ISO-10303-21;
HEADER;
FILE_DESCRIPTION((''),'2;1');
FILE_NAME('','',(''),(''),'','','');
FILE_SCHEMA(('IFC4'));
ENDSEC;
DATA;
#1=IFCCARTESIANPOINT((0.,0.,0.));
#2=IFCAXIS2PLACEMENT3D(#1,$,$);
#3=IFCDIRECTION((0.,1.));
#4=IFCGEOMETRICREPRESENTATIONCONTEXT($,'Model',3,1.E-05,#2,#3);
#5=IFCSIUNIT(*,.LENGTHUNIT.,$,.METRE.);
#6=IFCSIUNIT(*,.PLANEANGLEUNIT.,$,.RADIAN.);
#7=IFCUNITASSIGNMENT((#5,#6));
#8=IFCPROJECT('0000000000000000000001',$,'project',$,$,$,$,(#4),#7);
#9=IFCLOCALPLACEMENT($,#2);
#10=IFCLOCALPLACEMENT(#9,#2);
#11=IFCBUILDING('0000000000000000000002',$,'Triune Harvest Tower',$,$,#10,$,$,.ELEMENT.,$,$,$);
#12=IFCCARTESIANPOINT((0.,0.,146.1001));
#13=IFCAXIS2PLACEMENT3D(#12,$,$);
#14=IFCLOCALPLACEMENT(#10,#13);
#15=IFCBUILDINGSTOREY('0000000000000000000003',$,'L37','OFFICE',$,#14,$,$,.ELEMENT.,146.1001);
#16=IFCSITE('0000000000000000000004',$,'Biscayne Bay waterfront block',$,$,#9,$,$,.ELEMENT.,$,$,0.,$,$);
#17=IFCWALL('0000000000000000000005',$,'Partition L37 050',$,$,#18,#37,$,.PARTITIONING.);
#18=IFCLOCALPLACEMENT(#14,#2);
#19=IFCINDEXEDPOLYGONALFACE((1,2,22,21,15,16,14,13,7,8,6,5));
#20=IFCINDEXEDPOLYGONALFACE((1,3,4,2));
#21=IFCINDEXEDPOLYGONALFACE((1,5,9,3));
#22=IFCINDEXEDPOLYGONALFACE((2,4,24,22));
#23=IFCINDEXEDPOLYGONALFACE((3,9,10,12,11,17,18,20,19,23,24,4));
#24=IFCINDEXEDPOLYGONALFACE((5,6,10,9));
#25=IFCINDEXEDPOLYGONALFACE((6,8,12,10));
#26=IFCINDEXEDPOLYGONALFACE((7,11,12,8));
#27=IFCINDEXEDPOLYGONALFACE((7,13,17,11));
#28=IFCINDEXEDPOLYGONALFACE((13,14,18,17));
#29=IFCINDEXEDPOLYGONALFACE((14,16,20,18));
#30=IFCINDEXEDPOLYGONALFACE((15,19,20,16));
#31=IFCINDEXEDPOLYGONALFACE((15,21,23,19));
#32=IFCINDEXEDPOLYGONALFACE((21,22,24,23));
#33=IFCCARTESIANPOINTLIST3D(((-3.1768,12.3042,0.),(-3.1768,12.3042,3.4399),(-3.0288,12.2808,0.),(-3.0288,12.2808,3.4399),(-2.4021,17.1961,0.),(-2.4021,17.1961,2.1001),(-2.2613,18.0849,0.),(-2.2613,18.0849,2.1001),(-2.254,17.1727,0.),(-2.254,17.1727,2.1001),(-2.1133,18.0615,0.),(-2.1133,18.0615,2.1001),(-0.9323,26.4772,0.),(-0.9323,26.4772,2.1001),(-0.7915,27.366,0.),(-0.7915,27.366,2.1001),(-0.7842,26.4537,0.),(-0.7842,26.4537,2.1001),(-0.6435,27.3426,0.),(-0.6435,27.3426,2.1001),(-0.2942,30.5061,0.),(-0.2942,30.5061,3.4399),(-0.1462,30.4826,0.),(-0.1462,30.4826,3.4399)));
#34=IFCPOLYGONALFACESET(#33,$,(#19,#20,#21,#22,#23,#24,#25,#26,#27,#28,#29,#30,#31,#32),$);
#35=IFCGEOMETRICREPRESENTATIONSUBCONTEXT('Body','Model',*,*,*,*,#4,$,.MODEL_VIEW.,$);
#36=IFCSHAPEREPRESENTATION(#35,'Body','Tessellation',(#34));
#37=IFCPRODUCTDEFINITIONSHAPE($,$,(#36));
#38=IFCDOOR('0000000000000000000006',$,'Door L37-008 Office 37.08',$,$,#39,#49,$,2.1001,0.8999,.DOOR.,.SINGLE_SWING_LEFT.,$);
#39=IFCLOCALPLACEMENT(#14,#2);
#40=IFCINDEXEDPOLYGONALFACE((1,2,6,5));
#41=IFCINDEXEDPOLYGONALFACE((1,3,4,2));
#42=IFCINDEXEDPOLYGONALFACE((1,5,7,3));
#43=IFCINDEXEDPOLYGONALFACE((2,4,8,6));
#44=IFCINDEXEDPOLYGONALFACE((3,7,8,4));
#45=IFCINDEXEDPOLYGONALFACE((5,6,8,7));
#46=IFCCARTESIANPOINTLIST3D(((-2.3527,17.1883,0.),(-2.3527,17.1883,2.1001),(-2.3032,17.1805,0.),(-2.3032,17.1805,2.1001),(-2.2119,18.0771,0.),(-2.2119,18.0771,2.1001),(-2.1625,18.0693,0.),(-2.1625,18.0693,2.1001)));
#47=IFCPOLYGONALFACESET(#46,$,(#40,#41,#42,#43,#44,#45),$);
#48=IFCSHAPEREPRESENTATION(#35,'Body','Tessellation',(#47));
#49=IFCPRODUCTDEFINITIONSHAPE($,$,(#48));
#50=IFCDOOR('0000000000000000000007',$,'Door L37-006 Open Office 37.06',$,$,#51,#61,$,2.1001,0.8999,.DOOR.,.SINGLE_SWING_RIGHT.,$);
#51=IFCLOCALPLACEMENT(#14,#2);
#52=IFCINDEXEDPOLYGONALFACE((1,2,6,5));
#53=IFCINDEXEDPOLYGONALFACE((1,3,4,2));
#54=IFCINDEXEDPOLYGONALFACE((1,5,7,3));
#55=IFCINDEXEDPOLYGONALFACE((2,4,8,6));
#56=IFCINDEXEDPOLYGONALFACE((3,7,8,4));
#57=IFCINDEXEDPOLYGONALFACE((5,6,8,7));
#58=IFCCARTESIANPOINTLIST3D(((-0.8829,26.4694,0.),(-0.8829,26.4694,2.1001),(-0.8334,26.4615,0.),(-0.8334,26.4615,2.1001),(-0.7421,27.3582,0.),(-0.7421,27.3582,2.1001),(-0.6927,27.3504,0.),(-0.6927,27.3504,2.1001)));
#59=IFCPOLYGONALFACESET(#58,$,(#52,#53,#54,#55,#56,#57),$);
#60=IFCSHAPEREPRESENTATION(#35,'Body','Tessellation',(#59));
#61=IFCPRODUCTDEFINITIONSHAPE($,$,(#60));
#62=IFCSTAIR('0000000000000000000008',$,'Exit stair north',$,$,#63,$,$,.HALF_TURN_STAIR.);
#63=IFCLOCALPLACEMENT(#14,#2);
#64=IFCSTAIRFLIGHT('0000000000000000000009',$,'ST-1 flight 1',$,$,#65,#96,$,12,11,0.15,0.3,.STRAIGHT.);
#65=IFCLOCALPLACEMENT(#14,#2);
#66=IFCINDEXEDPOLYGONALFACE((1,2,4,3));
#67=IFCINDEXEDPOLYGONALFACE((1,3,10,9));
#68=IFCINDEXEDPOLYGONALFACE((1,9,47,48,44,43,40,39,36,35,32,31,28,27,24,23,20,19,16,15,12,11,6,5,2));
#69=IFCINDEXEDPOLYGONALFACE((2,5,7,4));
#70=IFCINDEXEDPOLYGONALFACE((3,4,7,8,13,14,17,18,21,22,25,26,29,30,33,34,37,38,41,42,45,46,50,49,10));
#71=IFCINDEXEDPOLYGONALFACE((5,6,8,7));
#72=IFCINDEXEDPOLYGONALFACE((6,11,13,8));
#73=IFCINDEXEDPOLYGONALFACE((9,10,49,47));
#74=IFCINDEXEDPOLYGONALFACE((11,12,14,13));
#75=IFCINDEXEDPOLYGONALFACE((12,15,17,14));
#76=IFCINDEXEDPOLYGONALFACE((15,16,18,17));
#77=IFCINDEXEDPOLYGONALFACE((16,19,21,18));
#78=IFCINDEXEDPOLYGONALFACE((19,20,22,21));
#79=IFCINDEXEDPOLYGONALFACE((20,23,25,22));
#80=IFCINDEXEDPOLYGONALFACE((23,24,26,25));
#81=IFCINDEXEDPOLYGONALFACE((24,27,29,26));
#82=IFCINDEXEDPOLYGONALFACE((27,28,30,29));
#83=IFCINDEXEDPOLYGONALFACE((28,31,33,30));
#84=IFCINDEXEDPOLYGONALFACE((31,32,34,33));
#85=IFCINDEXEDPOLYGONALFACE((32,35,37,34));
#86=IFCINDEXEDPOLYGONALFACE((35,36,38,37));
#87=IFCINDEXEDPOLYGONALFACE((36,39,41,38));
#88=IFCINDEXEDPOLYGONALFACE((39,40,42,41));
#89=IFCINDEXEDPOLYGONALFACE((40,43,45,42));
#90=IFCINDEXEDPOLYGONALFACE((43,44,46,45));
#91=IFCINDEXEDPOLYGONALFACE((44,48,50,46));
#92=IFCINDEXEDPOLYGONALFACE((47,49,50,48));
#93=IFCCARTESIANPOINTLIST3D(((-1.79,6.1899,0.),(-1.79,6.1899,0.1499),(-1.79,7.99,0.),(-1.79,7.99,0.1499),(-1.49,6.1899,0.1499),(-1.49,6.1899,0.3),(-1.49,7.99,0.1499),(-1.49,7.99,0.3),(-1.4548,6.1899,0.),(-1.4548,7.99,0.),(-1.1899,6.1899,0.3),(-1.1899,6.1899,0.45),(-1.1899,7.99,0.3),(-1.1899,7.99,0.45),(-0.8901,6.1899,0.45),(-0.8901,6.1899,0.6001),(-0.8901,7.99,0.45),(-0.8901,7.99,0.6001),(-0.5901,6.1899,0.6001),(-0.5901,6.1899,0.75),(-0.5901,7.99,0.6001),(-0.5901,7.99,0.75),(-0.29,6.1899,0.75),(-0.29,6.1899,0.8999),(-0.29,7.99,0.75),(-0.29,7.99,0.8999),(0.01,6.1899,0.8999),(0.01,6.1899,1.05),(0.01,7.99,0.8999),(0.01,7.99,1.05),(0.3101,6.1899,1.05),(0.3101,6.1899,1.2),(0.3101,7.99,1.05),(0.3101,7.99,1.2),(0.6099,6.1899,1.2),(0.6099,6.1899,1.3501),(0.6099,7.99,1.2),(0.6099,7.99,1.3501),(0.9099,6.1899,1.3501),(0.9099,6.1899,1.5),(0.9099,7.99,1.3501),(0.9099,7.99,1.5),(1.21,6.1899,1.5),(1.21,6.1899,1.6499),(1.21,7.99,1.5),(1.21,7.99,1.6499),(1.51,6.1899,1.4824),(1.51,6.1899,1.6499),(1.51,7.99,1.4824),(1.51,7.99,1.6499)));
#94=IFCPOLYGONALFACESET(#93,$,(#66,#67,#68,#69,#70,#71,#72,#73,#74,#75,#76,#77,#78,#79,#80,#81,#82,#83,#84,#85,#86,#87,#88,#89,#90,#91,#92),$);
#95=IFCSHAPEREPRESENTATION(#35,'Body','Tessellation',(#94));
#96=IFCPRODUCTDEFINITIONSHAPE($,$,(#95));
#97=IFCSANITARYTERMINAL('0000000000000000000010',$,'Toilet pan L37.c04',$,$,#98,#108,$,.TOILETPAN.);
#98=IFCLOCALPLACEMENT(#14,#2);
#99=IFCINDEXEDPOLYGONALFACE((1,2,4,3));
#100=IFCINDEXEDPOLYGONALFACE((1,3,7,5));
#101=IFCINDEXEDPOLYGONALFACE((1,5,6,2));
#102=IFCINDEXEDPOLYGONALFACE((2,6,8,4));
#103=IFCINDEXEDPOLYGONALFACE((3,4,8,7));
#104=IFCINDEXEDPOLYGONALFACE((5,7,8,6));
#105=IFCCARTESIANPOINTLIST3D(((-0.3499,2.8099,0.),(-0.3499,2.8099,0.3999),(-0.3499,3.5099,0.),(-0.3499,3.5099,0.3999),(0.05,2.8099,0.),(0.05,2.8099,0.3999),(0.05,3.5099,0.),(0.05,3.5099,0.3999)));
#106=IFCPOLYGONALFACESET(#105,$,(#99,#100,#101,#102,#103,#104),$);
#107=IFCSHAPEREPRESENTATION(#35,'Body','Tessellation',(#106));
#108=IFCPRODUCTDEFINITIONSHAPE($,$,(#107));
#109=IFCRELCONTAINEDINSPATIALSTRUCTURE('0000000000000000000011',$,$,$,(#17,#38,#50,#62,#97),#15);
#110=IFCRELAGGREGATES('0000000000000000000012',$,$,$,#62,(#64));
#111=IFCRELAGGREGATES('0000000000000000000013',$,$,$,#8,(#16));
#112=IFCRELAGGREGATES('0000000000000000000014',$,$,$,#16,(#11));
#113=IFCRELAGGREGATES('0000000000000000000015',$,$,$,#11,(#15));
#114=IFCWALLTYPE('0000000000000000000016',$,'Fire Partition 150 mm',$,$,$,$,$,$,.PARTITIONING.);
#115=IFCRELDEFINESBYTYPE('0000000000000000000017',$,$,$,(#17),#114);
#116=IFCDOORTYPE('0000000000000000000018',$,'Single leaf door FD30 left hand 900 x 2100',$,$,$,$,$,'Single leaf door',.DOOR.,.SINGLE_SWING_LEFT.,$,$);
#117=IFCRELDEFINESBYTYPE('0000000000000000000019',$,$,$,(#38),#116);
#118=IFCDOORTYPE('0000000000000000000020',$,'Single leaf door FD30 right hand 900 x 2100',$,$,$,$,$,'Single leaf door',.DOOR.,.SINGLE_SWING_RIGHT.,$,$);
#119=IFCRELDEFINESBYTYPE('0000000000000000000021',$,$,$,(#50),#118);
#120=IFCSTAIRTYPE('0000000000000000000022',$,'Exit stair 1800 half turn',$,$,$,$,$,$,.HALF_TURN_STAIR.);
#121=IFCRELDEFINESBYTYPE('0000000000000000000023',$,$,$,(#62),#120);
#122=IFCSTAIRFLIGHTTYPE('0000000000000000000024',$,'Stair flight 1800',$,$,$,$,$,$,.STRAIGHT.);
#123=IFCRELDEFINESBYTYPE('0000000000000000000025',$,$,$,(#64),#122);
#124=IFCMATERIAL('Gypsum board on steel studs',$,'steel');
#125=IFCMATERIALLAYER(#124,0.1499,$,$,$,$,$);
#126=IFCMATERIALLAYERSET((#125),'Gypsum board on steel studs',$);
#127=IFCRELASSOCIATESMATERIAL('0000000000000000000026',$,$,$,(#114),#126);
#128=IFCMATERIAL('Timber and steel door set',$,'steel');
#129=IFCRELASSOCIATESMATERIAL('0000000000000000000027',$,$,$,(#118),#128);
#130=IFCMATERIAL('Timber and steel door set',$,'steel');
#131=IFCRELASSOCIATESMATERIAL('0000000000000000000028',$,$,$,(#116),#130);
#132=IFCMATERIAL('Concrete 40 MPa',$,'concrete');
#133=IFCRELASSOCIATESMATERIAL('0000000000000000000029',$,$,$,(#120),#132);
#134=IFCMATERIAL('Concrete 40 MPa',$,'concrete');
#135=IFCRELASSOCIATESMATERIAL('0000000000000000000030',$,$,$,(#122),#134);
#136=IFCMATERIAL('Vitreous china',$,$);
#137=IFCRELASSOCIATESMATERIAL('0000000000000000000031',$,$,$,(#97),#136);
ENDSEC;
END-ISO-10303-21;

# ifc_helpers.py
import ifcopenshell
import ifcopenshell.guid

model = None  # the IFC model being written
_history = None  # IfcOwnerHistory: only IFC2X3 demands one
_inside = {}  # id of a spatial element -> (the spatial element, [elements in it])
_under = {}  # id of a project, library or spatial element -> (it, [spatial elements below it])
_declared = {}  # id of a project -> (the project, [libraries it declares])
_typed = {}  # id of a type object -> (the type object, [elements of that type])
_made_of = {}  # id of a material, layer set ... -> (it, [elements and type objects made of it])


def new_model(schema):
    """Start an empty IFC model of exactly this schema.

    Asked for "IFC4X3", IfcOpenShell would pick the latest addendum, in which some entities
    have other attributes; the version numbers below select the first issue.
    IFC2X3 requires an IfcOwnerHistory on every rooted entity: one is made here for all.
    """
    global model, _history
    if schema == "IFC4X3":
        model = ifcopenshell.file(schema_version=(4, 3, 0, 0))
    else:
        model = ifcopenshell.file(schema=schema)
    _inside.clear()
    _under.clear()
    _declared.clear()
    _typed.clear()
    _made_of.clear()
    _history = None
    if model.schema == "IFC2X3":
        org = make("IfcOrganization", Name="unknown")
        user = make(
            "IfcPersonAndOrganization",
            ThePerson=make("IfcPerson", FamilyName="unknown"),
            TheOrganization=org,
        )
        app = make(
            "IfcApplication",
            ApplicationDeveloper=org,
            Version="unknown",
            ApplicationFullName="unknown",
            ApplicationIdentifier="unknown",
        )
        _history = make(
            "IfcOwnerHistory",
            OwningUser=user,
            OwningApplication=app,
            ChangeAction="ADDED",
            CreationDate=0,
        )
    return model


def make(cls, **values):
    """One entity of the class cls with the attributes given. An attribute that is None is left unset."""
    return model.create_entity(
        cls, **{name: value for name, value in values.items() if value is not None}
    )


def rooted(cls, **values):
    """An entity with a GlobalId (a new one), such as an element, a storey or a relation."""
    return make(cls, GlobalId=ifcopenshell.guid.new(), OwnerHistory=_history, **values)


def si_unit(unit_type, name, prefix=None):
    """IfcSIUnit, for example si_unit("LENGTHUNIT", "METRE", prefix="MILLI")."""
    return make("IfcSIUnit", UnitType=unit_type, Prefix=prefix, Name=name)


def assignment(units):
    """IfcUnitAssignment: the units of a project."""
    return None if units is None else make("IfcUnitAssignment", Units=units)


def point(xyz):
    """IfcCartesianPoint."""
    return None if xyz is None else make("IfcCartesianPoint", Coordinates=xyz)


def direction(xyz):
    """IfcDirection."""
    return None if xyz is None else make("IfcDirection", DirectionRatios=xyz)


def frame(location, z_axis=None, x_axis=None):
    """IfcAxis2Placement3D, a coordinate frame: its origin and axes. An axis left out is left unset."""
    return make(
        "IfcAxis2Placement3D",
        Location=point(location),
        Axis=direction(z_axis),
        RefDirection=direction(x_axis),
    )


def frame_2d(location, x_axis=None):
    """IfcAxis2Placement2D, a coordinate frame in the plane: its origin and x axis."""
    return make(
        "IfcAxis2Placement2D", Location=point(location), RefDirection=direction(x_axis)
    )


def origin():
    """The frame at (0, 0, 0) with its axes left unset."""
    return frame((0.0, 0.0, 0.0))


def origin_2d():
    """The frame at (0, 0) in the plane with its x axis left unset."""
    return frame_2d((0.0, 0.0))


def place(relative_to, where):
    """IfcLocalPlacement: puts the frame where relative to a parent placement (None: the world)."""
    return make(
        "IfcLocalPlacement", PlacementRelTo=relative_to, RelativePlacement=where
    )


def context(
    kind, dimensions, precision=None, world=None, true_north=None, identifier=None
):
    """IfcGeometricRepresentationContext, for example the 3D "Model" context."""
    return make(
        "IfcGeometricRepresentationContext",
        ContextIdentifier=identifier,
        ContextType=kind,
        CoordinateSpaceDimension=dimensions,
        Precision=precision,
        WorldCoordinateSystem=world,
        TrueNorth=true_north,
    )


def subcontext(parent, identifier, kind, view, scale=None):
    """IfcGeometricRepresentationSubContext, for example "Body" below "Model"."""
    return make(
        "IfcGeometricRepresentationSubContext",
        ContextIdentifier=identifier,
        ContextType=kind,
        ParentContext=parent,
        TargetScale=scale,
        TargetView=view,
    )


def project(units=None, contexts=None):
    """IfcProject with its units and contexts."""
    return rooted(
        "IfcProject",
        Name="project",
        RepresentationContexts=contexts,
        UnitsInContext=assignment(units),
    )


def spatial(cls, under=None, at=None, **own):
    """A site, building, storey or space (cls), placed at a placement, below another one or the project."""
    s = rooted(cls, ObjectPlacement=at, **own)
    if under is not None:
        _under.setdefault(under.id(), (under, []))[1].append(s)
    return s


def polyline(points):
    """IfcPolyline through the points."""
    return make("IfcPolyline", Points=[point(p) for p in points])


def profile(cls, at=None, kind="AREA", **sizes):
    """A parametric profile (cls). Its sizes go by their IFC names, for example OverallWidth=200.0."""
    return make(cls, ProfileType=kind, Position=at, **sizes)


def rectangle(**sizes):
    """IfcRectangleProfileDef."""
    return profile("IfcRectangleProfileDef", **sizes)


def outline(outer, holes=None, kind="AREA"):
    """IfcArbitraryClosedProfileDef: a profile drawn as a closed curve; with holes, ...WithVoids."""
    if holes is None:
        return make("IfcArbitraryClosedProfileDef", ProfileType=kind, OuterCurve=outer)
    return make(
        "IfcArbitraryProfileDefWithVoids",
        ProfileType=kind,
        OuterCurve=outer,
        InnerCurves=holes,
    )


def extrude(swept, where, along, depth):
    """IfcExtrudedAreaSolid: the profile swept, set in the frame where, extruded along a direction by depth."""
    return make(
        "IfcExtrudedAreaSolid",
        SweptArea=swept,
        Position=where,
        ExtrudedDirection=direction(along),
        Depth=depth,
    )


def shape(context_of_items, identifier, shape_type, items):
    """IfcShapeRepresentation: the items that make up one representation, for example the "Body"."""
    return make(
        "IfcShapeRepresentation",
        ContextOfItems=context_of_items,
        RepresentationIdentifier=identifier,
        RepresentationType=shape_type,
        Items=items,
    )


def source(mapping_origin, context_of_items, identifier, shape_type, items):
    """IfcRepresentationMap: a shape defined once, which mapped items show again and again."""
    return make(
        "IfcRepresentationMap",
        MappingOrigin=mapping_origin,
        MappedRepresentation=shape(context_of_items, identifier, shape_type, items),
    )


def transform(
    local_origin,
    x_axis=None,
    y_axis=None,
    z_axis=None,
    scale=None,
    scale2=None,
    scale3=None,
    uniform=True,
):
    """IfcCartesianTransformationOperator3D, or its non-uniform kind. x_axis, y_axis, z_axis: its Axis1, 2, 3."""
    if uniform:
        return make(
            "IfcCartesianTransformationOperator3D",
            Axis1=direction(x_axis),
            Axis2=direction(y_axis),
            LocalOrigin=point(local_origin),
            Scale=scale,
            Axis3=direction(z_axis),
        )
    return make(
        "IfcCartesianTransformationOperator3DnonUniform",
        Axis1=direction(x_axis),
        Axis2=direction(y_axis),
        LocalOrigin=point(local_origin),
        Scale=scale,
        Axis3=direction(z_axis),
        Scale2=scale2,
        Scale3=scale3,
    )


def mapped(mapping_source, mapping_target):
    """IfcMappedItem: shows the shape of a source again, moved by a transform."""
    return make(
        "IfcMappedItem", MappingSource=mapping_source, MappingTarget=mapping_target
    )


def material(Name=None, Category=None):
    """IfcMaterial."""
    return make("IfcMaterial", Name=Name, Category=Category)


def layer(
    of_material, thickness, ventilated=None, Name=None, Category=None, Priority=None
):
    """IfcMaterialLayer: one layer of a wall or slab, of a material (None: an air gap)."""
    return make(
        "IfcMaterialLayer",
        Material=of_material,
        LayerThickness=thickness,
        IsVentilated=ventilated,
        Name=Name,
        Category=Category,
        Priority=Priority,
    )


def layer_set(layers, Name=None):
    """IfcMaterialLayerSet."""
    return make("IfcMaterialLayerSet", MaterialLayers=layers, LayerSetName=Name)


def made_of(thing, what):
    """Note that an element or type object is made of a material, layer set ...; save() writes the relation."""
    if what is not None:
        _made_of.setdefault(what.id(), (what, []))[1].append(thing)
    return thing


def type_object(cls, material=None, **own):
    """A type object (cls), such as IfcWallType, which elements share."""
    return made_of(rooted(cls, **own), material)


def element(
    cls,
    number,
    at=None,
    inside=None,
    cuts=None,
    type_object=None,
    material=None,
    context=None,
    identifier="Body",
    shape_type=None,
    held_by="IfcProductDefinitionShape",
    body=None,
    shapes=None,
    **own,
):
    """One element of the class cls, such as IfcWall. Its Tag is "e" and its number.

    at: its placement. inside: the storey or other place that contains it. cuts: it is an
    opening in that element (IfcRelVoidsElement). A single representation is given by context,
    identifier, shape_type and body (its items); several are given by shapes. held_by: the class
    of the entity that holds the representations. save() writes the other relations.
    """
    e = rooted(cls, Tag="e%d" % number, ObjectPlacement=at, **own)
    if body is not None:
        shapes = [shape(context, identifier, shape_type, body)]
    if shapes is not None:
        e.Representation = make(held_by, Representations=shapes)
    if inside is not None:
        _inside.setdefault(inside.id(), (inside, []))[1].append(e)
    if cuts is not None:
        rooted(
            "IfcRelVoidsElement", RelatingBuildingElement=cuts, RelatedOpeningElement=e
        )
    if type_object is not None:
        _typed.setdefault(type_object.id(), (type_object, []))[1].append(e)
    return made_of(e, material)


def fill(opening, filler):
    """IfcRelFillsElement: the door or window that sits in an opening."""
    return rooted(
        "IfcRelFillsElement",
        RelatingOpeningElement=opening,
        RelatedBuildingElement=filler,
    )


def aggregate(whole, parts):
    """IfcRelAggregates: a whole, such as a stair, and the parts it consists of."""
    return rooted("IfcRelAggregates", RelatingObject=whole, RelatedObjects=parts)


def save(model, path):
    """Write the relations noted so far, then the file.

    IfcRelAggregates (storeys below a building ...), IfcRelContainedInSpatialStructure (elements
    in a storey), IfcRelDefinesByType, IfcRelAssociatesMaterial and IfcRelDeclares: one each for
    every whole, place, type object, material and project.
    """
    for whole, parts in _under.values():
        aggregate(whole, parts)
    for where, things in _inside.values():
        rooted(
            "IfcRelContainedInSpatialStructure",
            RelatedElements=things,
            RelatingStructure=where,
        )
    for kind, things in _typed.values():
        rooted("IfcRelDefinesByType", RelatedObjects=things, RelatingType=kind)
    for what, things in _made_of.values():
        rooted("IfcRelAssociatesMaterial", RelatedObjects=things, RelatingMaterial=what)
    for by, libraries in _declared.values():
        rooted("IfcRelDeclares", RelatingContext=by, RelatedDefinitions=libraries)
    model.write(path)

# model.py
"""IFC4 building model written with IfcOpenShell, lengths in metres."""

from ifc_helpers import new_model, si_unit, direction, frame, frame_2d, origin, origin_2d, place, context, subcontext, project, spatial, polyline, rectangle, outline, extrude, source, transform, mapped, material, layer, layer_set, type_object, element, fill, aggregate, save


model = new_model("IFC4")

# Units and contexts
model_context = context("Model", 3, precision=1e-05, world=origin(), true_north=direction((0.0, 1.0)))
body_context = subcontext(model_context, "Body", "Model", "MODEL_VIEW")
ifc_project = project(units=[si_unit("LENGTHUNIT", "METRE"), si_unit("PLANEANGLEUNIT", "RADIAN")], contexts=[model_context])

# Site, building, storey
site_placement = place(None, origin())
site = spatial("IfcSite", under=ifc_project, at=site_placement, Name="Biscayne Bay waterfront block", CompositionType="ELEMENT", RefElevation=0.0)
building_placement = place(site_placement, origin())
building = spatial("IfcBuilding", under=site, at=building_placement, Name="Triune Harvest Tower", CompositionType="ELEMENT")
storey_placement = place(building_placement, frame((0.0, 0.0, 146.1001)))
storey = spatial("IfcBuildingStorey", under=building, at=storey_placement, Name="L37", Description="OFFICE", CompositionType="ELEMENT", Elevation=146.1001)

# Shared definitions
ifc_material_1 = material(Name="Gypsum board on steel studs", Category="steel")
ifc_layer_1 = layer(ifc_material_1, 0.1499)
ifc_layer_set_1 = layer_set([ifc_layer_1], Name="Gypsum board on steel studs")
wall_type_1 = type_object("IfcWallType", Name="Fire Partition 150 mm", PredefinedType="PARTITIONING", material=ifc_layer_set_1)

# Shared definitions
ifc_material_2 = material(Name="Timber and steel door set", Category="steel")
door_type_1 = type_object("IfcDoorType", Name="Single leaf door FD30 right hand 900 x 2100", ElementType="Single leaf door", OperationType="SINGLE_SWING_RIGHT", PredefinedType="DOOR", material=ifc_material_2)

# Wall, openings, doors
shared_shape_1 = source(origin(), body_context, "Body", "SweptSolid", [
    extrude(rectangle(XDim=18.4287, YDim=0.1499, at=frame_2d((9.2144, 0.0))), origin(), (0.0, 0.0, 1.0), 3.4399),
])
wall_1_placement = place(storey_placement, frame((-3.1028, 12.2925, 0.0), z_axis=(0.0, 0.0, 1.0), x_axis=(0.156417, 0.987691, 0.0)))
wall_1 = element("IfcWall", 1, at=wall_1_placement, inside=storey, type_object=wall_type_1, Name="Partition L37 050", PredefinedType="PARTITIONING", context=body_context, shape_type="MappedRepresentation", body=[
    mapped(shared_shape_1, transform((0.0, 0.0, 0.0), scale=1.0)),
])
opening_1_placement = place(wall_1_placement, frame((14.3496, 0.0, 0.0)))
opening_1 = element("IfcOpeningElement", 2, at=opening_1_placement, cuts=wall_1, PredefinedType="OPENING", context=body_context, shape_type="SweptSolid", body=[
    extrude(rectangle(XDim=0.8999, YDim=2.1001, at=frame_2d((0.45, 1.05))), frame((0.0, 0.085, 0.0), z_axis=(0.0, -1.0, 0.0), x_axis=(1.0, 0.0, 0.0)), (0.0, 0.0, 1.0), 0.1699),
])
opening_2_placement = place(wall_1_placement, frame((4.9529, 0.0, 0.0)))
opening_2 = element("IfcOpeningElement", 3, at=opening_2_placement, cuts=wall_1, PredefinedType="OPENING", context=body_context, shape_type="SweptSolid", body=[
    extrude(rectangle(XDim=0.8999, YDim=2.1001, at=frame_2d((0.45, 1.05))), frame((0.0, 0.085, 0.0), z_axis=(0.0, -1.0, 0.0), x_axis=(1.0, 0.0, 0.0)), (0.0, 0.0, 1.0), 0.1699),
])
ifc_material_3 = material(Name="Timber and steel door set", Category="steel")
door_type_2 = type_object("IfcDoorType", Name="Single leaf door FD30 left hand 900 x 2100", ElementType="Single leaf door", OperationType="SINGLE_SWING_LEFT", PredefinedType="DOOR", material=ifc_material_3)
door_1_placement = place(opening_2_placement, origin())
door_1 = element("IfcDoor", 4, at=door_1_placement, inside=storey, type_object=door_type_2, Name="Door L37-008 Office 37.08", OperationType="SINGLE_SWING_LEFT", OverallHeight=2.1001, OverallWidth=0.8999, PredefinedType="DOOR", context=body_context, shape_type="SweptSolid", body=[
    extrude(rectangle(XDim=0.8999, YDim=2.1001, at=frame_2d((0.45, 1.05))), frame((0.0, 0.0249, 0.0), z_axis=(0.0, -1.0, 0.0), x_axis=(1.0, 0.0, 0.0)), (0.0, 0.0, 1.0), 0.05),
])
fill(opening_2, door_1)
door_2_placement = place(opening_1_placement, origin())
door_2 = element("IfcDoor", 5, at=door_2_placement, inside=storey, type_object=door_type_1, Name="Door L37-006 Open Office 37.06", OperationType="SINGLE_SWING_RIGHT", OverallHeight=2.1001, OverallWidth=0.8999, PredefinedType="DOOR", context=body_context, shape_type="SweptSolid", body=[
    extrude(rectangle(XDim=0.8999, YDim=2.1001, at=frame_2d((0.45, 1.05))), frame((0.0, 0.0249, 0.0), z_axis=(0.0, -1.0, 0.0), x_axis=(1.0, 0.0, 0.0)), (0.0, 0.0, 1.0), 0.05),
])
fill(opening_1, door_2)

# Stair, stair flight
ifc_material_4 = material(Name="Concrete 40 MPa", Category="concrete")
stair_type = type_object("IfcStairType", Name="Exit stair 1800 half turn", PredefinedType="HALF_TURN_STAIR", material=ifc_material_4)
stair_placement = place(storey_placement, origin())
stair = element("IfcStair", 6, at=stair_placement, inside=storey, type_object=stair_type, Name="Exit stair north", PredefinedType="HALF_TURN_STAIR")
ifc_material_5 = material(Name="Concrete 40 MPa", Category="concrete")
stair_flight_type = type_object("IfcStairFlightType", Name="Stair flight 1800", PredefinedType="STRAIGHT", material=ifc_material_5)
shared_shape_2 = source(origin(), body_context, "Body", "SweptSolid", [
    extrude(outline(polyline([(0.0, 0.0), (0.0, 0.1499), (0.3, 0.1499), (0.3, 0.3), (0.6001, 0.3), (0.6001, 0.45), (0.8999, 0.45), (0.8999, 0.6001), (1.2, 0.6001), (1.2, 0.75), (1.5, 0.75), (1.5, 0.8999), (1.8, 0.8999), (1.8, 1.05), (2.1001, 1.05), (2.1001, 1.2), (2.3999, 1.2), (2.3999, 1.3501), (2.7, 1.3501), (2.7, 1.5), (3.0, 1.5), (3.0, 1.6499), (3.3, 1.6499), (3.3, 1.8), (3.3, 1.4824), (0.3352, 0.0), (0.0, 0.0)])), frame((0.0, 0.8999, 0.0), z_axis=(0.0, -1.0, 0.0), x_axis=(1.0, 0.0, 0.0)), (0.0, 0.0, 1.0), 1.8),
])
stair_flight_placement = place(storey_placement, frame((-1.79, 7.0901, 0.0), z_axis=(0.0, 0.0, 1.0), x_axis=(1.0, 0.0, 0.0)))
stair_flight = element("IfcStairFlight", 7, at=stair_flight_placement, type_object=stair_flight_type, Name="ST-1 flight 1", NumberOfRisers=12, NumberOfTreads=11, PredefinedType="STRAIGHT", RiserHeight=0.15, TreadLength=0.3, context=body_context, shape_type="MappedRepresentation", body=[
    mapped(shared_shape_2, transform((0.0, 0.0, 0.0), scale=1.0)),
])
aggregate(stair, [stair_flight])

# Sanitary terminal
ifc_material_6 = material(Name="Vitreous china")
shared_shape_3 = source(origin(), body_context, "Body", "SweptSolid", [
    extrude(rectangle(XDim=0.3999, YDim=0.7, at=origin_2d()), origin(), (0.0, 0.0, 1.0), 0.3999),
])
sanitary_terminal_placement = place(storey_placement, frame((-0.1499, 3.1599, 0.0), z_axis=(0.0, 0.0, 1.0), x_axis=(-1.0, 0.0, 0.0)))
element("IfcSanitaryTerminal", 8, at=sanitary_terminal_placement, inside=storey, material=ifc_material_6, Name="Toilet pan L37.c04", PredefinedType="TOILETPAN", context=body_context, shape_type="MappedRepresentation", body=[
    mapped(shared_shape_3, transform((0.0, 0.0, 0.0), scale=1.0)),
])

save(model, "model.ifc")
